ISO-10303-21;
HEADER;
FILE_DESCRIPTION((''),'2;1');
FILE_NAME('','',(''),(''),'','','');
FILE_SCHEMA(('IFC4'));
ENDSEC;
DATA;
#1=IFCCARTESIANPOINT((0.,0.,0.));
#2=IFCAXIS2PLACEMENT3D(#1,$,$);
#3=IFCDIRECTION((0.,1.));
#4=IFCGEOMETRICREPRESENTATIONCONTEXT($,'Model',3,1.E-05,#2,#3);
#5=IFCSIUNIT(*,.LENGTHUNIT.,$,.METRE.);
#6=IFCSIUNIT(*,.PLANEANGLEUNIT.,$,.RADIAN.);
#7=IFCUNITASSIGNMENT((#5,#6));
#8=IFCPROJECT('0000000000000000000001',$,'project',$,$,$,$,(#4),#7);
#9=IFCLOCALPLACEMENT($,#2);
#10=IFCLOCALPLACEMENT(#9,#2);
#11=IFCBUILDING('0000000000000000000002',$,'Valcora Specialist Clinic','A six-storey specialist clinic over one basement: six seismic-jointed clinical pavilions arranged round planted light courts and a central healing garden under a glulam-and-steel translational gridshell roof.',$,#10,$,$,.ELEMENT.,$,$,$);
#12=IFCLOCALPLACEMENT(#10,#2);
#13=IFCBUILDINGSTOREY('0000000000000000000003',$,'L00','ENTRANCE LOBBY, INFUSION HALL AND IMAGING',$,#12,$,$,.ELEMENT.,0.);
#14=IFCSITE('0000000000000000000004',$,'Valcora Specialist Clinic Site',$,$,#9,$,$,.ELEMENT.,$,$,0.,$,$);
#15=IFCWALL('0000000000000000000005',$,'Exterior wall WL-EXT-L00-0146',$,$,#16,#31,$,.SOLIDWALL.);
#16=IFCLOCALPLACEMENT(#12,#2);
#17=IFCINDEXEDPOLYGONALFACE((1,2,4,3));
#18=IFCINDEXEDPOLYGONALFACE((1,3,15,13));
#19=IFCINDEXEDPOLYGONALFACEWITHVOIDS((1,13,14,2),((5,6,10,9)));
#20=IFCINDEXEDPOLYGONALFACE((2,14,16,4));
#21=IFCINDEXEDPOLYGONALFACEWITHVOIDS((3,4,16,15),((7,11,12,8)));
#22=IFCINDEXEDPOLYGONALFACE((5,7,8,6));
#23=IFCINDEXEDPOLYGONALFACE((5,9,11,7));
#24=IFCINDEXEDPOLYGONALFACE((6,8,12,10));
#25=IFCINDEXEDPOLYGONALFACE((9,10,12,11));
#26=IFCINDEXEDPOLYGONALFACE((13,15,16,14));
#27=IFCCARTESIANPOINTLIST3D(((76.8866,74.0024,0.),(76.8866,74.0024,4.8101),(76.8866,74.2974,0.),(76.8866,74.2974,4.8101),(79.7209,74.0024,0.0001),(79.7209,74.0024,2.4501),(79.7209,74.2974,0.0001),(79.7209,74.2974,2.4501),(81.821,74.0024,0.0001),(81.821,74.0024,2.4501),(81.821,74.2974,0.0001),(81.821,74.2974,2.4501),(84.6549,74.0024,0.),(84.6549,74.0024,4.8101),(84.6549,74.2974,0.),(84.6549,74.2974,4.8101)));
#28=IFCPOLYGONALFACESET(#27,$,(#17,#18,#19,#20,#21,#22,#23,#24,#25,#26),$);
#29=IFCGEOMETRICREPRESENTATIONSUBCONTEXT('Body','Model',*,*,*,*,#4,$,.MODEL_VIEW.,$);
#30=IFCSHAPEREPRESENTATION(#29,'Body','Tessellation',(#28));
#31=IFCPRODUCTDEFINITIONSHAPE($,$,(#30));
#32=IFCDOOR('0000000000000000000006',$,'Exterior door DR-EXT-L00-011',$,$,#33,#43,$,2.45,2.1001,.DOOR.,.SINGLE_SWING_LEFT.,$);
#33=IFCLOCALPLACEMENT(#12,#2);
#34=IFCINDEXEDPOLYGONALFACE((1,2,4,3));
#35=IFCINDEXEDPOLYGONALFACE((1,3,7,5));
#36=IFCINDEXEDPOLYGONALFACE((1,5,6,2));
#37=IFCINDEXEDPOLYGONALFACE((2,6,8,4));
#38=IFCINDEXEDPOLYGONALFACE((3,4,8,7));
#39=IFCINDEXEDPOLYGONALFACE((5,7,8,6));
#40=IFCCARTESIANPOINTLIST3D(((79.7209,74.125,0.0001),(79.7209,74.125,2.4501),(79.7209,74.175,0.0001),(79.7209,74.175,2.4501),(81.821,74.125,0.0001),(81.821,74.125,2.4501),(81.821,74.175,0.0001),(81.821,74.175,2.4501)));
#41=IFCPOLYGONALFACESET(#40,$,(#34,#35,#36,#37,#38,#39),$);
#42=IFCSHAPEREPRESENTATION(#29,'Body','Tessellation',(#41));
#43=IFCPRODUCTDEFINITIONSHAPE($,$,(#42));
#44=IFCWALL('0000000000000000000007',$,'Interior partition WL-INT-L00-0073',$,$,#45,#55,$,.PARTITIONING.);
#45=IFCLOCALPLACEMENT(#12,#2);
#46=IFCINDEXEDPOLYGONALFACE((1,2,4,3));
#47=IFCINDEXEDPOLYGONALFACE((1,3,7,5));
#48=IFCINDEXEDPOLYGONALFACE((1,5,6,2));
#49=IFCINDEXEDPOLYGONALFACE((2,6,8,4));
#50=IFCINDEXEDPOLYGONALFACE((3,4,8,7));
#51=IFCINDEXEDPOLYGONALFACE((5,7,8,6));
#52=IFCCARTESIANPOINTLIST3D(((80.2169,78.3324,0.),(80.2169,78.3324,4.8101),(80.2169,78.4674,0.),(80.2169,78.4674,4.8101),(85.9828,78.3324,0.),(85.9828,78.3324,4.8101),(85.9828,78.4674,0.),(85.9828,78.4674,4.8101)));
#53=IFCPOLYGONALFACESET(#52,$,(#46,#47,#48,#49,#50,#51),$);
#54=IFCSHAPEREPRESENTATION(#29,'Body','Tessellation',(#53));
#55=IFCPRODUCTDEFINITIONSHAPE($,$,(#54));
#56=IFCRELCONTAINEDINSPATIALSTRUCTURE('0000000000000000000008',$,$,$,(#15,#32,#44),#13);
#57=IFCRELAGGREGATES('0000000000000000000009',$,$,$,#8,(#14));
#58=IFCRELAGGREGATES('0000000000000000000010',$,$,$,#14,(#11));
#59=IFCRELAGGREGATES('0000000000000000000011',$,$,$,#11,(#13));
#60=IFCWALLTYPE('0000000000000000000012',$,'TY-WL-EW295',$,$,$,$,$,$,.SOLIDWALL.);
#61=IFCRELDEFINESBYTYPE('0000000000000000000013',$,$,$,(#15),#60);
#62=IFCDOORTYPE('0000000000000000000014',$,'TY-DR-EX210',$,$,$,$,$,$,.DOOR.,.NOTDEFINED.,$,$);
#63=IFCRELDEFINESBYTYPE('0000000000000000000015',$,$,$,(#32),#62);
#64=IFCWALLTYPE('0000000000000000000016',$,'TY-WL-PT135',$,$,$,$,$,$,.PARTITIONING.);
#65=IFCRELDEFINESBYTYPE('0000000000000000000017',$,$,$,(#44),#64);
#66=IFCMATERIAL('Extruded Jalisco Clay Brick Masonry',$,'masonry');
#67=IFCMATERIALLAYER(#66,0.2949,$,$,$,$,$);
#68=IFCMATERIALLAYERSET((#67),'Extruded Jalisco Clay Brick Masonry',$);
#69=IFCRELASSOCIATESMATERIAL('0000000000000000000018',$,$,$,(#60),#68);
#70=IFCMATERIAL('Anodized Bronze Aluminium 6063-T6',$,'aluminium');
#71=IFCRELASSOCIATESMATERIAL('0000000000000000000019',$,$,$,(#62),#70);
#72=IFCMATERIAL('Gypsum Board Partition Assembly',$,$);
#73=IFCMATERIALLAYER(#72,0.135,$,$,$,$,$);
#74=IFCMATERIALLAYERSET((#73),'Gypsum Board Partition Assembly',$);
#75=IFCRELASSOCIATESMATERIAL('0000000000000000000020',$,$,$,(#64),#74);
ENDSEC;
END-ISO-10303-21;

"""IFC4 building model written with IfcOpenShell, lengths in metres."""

from ifc_helpers import new_model, si_unit, direction, frame, frame_2d, origin, place, context, subcontext, project, spatial, rectangle, extrude, material, layer, layer_set, type_object, element, fill, save


model = new_model("IFC4")

# Units and contexts
model_context = context("Model", 3, precision=1e-05, world=origin(), true_north=direction((0.0, 1.0)))
body_context = subcontext(model_context, "Body", "Model", "MODEL_VIEW")
ifc_project = project(units=[si_unit("LENGTHUNIT", "METRE"), si_unit("PLANEANGLEUNIT", "RADIAN")], contexts=[model_context])

# Site, building, storey
site_placement = place(None, origin())
site = spatial("IfcSite", under=ifc_project, at=site_placement, Name="Valcora Specialist Clinic Site", CompositionType="ELEMENT", RefElevation=0.0)
building_placement = place(site_placement, origin())
building = spatial("IfcBuilding", under=site, at=building_placement, Name="Valcora Specialist Clinic", Description="A six-storey specialist clinic over one basement: six seismic-jointed clinical pavilions arranged round planted light courts and a central healing garden under a glulam-and-steel translational gridshell roof.", CompositionType="ELEMENT")
storey_placement = place(building_placement, origin())
storey = spatial("IfcBuildingStorey", under=building, at=storey_placement, Name="L00", Description="ENTRANCE LOBBY, INFUSION HALL AND IMAGING", CompositionType="ELEMENT", Elevation=0.0)

# Shared definitions
ifc_material_1 = material(Name="Anodized Bronze Aluminium 6063-T6", Category="aluminium")

# Shared definitions
ifc_material_2 = material(Name="Extruded Jalisco Clay Brick Masonry", Category="masonry")

# Wall, opening, door
ifc_layer_1 = layer(ifc_material_2, 0.2949)
ifc_layer_set_1 = layer_set([ifc_layer_1], Name="Extruded Jalisco Clay Brick Masonry")
wall_type_1 = type_object("IfcWallType", Name="TY-WL-EW295", PredefinedType="SOLIDWALL", material=ifc_layer_set_1)
wall_1_placement = place(storey_placement, frame((84.655, 74.1499, 0.0), z_axis=(0.0, 0.0, 1.0), x_axis=(-1.0, 0.0, 0.0)))
wall_1 = element("IfcWall", 1, at=wall_1_placement, inside=storey, type_object=wall_type_1, Name="Exterior wall WL-EXT-L00-0146", PredefinedType="SOLIDWALL", context=body_context, shape_type="SweptSolid", body=[
    extrude(rectangle(XDim=7.7683, YDim=0.2949, at=frame_2d((3.8843, 0.0))), origin(), (0.0, 0.0, 1.0), 4.8101),
])
opening_1_placement = place(wall_1_placement, frame((2.834, 0.0, 0.0)))
opening_1 = element("IfcOpeningElement", 2, at=opening_1_placement, cuts=wall_1, PredefinedType="OPENING", context=body_context, shape_type="SweptSolid", body=[
    extrude(rectangle(XDim=2.1001, YDim=2.45, at=frame_2d((1.05, 1.2251))), frame((0.0, 0.1575, 0.0), z_axis=(0.0, -1.0, 0.0), x_axis=(1.0, 0.0, 0.0)), (0.0, 0.0, 1.0), 0.3149),
])
door_type = type_object("IfcDoorType", Name="TY-DR-EX210", OperationType="NOTDEFINED", PredefinedType="DOOR", material=ifc_material_1)
door_placement = place(opening_1_placement, origin())
door = element("IfcDoor", 3, at=door_placement, inside=storey, type_object=door_type, Name="Exterior door DR-EXT-L00-011", OperationType="SINGLE_SWING_LEFT", OverallHeight=2.45, OverallWidth=2.1001, PredefinedType="DOOR", context=body_context, shape_type="SweptSolid", body=[
    extrude(rectangle(XDim=2.1001, YDim=2.45, at=frame_2d((1.05, 1.2251))), frame((0.0, 0.0249, 0.0), z_axis=(0.0, -1.0, 0.0), x_axis=(1.0, 0.0, 0.0)), (0.0, 0.0, 1.0), 0.05),
])
fill(opening_1, door)

# Wall
ifc_material_3 = material(Name="Gypsum Board Partition Assembly")
ifc_layer_2 = layer(ifc_material_3, 0.135)
ifc_layer_set_2 = layer_set([ifc_layer_2], Name="Gypsum Board Partition Assembly")
wall_type_2 = type_object("IfcWallType", Name="TY-WL-PT135", PredefinedType="PARTITIONING", material=ifc_layer_set_2)
wall_2_placement = place(storey_placement, frame((80.217, 78.3999, 0.0), z_axis=(0.0, 0.0, 1.0), x_axis=(1.0, 0.0, 0.0)))
element("IfcWall", 4, at=wall_2_placement, inside=storey, type_object=wall_type_2, Name="Interior partition WL-INT-L00-0073", PredefinedType="PARTITIONING", context=body_context, shape_type="SweptSolid", body=[
    extrude(rectangle(XDim=5.7659, YDim=0.135, at=frame_2d((2.8828, 0.0))), origin(), (0.0, 0.0, 1.0), 4.8101),
])

save(model, "model.ifc")
